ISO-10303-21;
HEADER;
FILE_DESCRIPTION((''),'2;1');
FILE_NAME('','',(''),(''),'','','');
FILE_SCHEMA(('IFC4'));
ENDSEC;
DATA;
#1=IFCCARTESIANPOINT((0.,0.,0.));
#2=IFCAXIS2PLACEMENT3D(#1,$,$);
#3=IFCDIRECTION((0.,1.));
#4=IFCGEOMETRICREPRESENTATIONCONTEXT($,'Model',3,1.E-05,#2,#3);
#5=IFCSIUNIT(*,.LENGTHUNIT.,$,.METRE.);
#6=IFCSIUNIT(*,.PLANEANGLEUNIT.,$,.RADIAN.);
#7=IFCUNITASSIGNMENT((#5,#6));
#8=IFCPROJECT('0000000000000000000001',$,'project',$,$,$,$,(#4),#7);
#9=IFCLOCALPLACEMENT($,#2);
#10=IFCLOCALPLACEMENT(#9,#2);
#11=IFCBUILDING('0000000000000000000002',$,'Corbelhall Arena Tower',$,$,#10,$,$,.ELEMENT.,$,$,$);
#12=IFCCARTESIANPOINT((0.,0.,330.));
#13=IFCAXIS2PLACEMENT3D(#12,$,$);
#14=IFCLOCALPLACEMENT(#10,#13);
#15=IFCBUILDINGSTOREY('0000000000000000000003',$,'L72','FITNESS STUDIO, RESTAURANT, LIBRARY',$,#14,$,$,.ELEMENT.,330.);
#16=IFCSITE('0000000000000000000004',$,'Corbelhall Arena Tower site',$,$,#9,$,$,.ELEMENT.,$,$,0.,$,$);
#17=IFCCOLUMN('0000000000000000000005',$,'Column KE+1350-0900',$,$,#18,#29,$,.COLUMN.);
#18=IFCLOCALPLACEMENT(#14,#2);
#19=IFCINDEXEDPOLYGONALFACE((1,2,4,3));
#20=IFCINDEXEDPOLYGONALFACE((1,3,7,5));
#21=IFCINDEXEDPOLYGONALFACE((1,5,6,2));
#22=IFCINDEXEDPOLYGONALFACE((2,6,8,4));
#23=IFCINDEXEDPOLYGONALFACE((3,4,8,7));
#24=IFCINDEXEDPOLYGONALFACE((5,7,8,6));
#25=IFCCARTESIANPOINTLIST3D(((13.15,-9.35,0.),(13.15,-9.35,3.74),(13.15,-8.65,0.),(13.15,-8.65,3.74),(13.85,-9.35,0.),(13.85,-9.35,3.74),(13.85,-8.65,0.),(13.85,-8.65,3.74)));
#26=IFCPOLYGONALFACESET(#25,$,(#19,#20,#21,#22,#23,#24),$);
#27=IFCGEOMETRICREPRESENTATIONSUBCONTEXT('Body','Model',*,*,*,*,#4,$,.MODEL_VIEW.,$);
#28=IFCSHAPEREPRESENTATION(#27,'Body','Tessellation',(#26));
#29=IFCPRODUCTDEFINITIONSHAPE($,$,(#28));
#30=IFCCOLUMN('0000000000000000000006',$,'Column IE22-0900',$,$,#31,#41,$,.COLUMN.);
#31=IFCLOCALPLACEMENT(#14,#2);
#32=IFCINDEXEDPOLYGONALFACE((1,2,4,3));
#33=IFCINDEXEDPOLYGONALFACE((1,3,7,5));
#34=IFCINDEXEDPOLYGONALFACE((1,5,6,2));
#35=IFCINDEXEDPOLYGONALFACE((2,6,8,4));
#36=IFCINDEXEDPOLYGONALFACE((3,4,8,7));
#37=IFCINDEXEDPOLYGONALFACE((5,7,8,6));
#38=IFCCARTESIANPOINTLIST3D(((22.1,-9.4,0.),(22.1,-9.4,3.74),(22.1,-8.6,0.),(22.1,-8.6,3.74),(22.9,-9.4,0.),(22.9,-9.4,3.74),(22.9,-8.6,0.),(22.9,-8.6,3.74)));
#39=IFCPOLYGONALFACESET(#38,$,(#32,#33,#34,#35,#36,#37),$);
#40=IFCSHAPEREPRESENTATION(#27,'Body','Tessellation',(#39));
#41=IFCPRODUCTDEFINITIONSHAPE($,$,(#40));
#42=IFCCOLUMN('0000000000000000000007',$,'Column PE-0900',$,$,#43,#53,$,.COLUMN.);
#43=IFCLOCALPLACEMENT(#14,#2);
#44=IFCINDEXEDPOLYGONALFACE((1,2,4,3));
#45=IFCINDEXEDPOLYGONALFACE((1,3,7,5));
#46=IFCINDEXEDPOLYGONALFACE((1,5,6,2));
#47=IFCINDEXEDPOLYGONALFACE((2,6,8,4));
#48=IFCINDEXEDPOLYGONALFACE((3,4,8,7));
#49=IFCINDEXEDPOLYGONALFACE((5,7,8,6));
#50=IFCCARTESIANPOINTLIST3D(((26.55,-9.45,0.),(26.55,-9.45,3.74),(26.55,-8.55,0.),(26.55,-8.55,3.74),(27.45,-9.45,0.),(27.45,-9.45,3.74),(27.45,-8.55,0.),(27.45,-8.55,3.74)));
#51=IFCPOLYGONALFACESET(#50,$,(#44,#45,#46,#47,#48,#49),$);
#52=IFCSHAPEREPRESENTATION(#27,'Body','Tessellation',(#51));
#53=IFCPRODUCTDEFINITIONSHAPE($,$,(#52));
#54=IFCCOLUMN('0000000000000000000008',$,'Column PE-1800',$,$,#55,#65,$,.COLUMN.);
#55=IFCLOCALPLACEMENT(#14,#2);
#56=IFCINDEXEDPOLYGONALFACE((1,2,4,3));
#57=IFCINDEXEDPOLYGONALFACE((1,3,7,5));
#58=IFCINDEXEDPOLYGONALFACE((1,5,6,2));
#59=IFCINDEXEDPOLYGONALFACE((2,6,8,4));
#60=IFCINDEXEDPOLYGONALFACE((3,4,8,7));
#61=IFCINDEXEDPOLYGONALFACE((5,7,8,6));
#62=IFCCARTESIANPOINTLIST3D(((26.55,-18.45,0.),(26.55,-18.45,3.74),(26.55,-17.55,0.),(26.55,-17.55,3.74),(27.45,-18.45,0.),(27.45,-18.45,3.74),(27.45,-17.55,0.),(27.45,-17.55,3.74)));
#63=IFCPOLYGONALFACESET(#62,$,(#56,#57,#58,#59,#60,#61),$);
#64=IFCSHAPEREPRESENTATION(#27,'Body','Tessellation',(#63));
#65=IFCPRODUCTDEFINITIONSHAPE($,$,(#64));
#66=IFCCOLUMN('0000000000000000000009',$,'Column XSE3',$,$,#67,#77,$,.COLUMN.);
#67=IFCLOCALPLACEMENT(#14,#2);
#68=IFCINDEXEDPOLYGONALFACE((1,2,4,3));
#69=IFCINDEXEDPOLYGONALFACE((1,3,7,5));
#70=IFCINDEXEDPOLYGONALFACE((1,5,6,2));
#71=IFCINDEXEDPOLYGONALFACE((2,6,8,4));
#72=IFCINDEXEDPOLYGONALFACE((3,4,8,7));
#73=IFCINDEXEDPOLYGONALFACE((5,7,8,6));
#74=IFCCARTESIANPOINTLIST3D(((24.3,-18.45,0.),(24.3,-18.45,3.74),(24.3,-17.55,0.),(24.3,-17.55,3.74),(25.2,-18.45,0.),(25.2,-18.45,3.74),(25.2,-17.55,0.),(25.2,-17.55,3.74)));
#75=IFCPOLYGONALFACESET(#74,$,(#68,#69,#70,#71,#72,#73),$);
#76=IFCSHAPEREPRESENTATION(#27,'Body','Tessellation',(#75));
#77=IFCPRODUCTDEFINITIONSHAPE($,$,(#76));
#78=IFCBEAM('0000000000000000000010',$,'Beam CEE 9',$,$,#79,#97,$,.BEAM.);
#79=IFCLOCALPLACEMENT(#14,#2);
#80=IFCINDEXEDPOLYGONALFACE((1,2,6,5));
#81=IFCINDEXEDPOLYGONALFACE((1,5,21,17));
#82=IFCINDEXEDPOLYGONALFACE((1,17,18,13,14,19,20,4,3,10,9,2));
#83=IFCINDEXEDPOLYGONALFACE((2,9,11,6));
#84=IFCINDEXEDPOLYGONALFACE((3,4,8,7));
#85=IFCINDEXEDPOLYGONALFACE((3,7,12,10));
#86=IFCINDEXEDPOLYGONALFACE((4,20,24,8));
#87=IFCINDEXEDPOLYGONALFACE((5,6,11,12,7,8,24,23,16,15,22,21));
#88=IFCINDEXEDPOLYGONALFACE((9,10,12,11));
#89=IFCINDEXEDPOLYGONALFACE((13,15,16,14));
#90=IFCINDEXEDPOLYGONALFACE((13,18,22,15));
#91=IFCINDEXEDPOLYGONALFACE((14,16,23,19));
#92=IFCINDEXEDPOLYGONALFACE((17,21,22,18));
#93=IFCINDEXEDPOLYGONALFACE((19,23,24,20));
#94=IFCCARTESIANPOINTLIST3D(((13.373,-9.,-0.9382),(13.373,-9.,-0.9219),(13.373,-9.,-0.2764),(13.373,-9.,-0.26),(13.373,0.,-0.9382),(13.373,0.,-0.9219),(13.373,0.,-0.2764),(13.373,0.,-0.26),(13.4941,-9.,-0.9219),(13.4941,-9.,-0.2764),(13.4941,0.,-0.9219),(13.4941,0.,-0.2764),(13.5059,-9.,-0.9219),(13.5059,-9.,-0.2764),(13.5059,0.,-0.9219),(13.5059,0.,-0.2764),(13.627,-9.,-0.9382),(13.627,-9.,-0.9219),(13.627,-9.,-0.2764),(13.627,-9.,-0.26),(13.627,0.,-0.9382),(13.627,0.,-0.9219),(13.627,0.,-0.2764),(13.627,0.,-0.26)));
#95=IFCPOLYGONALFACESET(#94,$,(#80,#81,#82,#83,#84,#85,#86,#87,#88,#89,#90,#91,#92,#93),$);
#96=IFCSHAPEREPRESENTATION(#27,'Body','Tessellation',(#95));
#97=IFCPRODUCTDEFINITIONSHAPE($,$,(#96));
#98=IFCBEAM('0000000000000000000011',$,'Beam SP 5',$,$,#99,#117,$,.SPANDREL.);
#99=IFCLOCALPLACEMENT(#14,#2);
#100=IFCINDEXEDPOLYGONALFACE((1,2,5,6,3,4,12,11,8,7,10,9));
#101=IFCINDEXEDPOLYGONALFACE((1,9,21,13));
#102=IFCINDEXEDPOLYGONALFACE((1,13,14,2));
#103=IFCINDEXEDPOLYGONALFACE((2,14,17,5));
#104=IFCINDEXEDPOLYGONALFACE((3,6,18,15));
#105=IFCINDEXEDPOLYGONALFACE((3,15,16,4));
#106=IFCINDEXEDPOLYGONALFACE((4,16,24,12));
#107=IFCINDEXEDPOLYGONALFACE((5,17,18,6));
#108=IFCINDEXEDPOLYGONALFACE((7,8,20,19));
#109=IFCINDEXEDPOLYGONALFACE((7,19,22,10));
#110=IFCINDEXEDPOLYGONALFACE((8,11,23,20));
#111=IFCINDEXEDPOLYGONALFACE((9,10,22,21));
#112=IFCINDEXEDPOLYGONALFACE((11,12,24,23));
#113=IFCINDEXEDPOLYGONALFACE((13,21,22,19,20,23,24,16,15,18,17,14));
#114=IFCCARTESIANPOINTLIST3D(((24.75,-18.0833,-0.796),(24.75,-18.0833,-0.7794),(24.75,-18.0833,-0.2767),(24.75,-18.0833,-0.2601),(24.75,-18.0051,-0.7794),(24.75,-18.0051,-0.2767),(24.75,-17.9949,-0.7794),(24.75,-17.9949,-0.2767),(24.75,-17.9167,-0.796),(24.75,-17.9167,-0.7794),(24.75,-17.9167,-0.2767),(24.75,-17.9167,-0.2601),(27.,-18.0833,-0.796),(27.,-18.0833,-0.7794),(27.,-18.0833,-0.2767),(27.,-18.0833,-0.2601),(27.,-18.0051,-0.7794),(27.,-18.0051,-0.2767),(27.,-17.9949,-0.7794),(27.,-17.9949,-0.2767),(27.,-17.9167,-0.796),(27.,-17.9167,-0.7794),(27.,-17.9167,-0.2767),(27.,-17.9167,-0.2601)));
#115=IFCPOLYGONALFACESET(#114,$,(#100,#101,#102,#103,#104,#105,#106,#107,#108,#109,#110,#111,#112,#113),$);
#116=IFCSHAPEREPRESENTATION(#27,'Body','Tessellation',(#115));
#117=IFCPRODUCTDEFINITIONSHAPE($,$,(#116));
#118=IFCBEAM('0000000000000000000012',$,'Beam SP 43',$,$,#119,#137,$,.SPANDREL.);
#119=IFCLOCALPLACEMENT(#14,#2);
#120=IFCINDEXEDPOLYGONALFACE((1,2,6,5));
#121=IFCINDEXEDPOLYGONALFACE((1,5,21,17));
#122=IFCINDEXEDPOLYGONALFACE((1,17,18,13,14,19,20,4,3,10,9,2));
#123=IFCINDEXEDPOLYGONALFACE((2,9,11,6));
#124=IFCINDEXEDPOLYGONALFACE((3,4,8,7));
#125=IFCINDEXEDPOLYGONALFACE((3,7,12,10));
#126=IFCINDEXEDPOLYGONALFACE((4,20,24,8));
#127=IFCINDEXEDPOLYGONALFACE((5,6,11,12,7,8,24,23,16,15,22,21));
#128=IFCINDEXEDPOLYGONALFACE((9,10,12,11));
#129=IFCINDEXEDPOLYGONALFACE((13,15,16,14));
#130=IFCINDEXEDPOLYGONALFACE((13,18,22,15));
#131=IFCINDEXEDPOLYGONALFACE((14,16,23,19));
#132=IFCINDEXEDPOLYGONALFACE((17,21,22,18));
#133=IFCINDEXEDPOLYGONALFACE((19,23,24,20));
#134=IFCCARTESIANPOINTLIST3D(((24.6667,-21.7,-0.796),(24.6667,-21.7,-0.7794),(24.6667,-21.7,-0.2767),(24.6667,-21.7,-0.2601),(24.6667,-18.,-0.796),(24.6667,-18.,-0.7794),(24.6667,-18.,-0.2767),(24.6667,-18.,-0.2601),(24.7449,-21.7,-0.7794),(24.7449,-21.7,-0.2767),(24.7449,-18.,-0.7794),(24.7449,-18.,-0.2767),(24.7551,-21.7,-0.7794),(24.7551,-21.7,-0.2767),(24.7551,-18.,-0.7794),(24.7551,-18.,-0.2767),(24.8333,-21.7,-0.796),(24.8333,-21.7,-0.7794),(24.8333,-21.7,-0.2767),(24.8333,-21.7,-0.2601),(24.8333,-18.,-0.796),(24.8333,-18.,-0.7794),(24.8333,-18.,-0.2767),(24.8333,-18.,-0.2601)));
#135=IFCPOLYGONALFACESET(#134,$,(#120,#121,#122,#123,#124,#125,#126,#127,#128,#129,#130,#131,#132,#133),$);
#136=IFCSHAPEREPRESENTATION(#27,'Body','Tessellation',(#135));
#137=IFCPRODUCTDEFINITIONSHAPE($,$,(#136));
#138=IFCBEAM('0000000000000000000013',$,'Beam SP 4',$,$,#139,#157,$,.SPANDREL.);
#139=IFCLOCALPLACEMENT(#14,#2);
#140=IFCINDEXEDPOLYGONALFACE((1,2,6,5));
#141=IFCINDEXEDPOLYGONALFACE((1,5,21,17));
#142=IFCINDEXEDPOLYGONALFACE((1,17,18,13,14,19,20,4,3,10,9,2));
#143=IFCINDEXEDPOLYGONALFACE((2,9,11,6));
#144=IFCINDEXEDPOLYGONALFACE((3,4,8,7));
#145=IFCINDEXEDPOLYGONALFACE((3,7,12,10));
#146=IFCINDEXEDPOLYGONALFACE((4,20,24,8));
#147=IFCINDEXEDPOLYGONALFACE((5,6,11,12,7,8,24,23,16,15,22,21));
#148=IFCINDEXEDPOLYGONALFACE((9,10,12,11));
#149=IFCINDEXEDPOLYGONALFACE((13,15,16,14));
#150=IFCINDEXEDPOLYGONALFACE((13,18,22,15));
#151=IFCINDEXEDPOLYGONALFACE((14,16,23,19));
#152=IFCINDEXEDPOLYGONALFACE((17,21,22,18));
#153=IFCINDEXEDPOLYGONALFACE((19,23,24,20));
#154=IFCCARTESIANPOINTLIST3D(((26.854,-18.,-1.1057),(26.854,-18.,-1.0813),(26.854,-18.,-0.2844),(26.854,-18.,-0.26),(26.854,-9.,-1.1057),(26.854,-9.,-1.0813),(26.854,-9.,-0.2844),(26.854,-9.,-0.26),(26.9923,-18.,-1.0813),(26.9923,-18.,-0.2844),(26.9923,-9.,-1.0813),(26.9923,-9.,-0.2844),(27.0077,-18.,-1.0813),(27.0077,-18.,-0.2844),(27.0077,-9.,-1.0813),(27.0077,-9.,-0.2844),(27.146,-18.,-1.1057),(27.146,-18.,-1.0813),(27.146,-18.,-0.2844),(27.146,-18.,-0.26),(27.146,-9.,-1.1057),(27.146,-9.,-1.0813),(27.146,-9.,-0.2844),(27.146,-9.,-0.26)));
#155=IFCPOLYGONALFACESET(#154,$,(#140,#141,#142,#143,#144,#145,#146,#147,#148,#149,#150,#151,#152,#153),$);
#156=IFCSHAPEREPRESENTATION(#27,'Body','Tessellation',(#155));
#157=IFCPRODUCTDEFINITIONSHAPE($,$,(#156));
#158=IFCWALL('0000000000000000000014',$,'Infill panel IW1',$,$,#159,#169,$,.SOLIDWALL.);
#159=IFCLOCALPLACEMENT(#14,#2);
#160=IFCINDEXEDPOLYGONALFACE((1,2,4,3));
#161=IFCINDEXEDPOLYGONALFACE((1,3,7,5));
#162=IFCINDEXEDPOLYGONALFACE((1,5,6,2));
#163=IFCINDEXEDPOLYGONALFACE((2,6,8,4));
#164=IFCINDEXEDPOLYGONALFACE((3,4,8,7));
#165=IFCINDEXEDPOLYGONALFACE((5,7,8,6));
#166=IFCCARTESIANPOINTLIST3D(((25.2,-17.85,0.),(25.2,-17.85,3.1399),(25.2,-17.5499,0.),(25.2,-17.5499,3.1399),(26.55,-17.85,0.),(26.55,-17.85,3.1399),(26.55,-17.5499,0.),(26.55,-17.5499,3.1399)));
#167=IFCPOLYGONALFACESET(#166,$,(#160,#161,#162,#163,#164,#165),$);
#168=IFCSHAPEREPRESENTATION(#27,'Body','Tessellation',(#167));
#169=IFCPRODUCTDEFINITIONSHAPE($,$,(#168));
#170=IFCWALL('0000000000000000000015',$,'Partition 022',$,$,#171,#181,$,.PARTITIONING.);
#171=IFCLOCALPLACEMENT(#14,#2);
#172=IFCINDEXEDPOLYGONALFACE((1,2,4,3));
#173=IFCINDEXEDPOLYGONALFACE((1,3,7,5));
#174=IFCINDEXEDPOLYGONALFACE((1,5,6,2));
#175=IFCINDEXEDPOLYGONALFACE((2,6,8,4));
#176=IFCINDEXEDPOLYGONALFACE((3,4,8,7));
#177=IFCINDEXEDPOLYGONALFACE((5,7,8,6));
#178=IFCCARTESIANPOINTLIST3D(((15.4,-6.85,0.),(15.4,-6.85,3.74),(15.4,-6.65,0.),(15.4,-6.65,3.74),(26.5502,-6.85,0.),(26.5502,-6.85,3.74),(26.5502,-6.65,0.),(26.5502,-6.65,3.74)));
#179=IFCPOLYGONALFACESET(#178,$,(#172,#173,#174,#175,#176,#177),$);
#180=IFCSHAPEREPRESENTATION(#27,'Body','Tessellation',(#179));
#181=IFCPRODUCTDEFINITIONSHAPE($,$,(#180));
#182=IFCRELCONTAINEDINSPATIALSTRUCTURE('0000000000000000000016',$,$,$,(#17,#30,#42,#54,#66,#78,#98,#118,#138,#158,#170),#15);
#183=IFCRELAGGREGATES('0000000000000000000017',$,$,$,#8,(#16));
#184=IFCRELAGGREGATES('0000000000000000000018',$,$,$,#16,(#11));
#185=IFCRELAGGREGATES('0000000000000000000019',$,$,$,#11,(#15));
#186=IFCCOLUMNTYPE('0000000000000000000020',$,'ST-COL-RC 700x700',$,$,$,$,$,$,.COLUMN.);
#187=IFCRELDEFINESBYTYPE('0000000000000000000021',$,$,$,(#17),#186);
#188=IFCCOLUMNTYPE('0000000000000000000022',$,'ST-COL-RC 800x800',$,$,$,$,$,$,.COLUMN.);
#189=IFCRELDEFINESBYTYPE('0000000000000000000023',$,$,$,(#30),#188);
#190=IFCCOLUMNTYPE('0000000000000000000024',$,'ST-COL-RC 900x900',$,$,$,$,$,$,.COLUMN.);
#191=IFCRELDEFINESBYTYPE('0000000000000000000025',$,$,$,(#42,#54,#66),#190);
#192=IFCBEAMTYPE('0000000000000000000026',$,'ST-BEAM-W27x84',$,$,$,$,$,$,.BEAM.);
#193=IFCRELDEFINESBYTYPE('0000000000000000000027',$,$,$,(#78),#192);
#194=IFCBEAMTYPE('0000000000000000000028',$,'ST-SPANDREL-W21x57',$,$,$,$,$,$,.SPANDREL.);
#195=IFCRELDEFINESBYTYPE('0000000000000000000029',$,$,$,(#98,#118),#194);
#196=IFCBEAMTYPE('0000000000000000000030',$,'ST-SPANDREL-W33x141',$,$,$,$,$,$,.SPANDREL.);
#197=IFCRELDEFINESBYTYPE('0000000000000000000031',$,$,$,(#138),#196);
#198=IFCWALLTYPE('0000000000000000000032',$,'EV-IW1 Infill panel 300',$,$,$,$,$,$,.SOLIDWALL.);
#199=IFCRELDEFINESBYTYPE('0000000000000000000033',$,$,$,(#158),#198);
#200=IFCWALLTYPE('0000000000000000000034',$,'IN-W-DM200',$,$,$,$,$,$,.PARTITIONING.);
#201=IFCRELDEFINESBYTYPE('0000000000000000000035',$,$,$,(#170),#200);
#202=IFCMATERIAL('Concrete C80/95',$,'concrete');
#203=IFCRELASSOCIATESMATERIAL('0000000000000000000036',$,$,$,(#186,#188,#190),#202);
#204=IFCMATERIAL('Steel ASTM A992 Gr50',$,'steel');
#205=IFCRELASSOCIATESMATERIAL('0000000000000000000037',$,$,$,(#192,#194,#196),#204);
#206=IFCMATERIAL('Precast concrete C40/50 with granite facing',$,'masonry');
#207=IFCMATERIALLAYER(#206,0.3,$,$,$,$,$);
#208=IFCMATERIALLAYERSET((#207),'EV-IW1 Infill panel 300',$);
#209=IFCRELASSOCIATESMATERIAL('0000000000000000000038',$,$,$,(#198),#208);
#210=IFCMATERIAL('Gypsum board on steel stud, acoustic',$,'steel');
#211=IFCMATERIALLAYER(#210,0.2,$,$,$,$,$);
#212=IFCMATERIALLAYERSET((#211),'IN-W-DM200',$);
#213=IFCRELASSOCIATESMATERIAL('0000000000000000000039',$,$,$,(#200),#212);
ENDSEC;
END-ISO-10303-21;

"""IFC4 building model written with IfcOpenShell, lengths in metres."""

from ifc_helpers import new_model, si_unit, direction, frame, frame_2d, origin, origin_2d, place, context, subcontext, project, spatial, rectangle, i_section, extrude, material, layer, layer_set, material_profile, profile_set, type_object, element, save


model = new_model("IFC4")

# Units and contexts
model_context = context("Model", 3, precision=1e-05, world=origin(), true_north=direction((0.0, 1.0)))
body_context = subcontext(model_context, "Body", "Model", "MODEL_VIEW")
ifc_project = project(units=[si_unit("LENGTHUNIT", "METRE"), si_unit("PLANEANGLEUNIT", "RADIAN")], contexts=[model_context])

# Site, building, storey
site_placement = place(None, origin())
site = spatial("IfcSite", under=ifc_project, at=site_placement, Name="Corbelhall Arena Tower site", CompositionType="ELEMENT", RefElevation=0.0)
building_placement = place(site_placement, origin())
building = spatial("IfcBuilding", under=site, at=building_placement, Name="Corbelhall Arena Tower", CompositionType="ELEMENT")
storey_placement = place(building_placement, frame((0.0, 0.0, 330.0)))
storey = spatial("IfcBuildingStorey", under=building, at=storey_placement, Name="L72", Description="FITNESS STUDIO, RESTAURANT, LIBRARY", CompositionType="ELEMENT", Elevation=330.0)

# Columns
ifc_material_1 = material(Name="Concrete C80/95", Category="concrete")
ifc_material_profile_1 = material_profile(ifc_material_1, rectangle(XDim=0.7, YDim=0.7, at=origin_2d()))
ifc_profile_set_1 = profile_set([ifc_material_profile_1], Name="Concrete C80/95")
column_type_1 = type_object("IfcColumnType", Name="ST-COL-RC 700x700", PredefinedType="COLUMN", material=ifc_profile_set_1)
column_1_placement = place(storey_placement, frame((13.5, -9.0, 0.0), z_axis=(0.0, 0.0, 1.0), x_axis=(1.0, 0.0, 0.0)))
element("IfcColumn", 1, at=column_1_placement, inside=storey, type_object=column_type_1, Name="Column KE+1350-0900", PredefinedType="COLUMN", context=body_context, shape_type="SweptSolid", body=[
    extrude(rectangle(XDim=0.7, YDim=0.7, at=origin_2d()), origin(), (0.0, 0.0, 1.0), 3.74),
])
ifc_material_profile_2 = material_profile(ifc_material_1, rectangle(XDim=0.8, YDim=0.8, at=origin_2d()))
ifc_profile_set_2 = profile_set([ifc_material_profile_2], Name="Concrete C80/95")
column_type_2 = type_object("IfcColumnType", Name="ST-COL-RC 800x800", PredefinedType="COLUMN", material=ifc_profile_set_2)
column_2_placement = place(storey_placement, frame((22.5, -9.0, 0.0), z_axis=(0.0, 0.0, 1.0), x_axis=(1.0, 0.0, 0.0)))
element("IfcColumn", 2, at=column_2_placement, inside=storey, type_object=column_type_2, Name="Column IE22-0900", PredefinedType="COLUMN", context=body_context, shape_type="SweptSolid", body=[
    extrude(rectangle(XDim=0.8, YDim=0.8, at=origin_2d()), origin(), (0.0, 0.0, 1.0), 3.74),
])
ifc_material_profile_3 = material_profile(ifc_material_1, rectangle(XDim=0.8999, YDim=0.8999, at=origin_2d()))
ifc_profile_set_3 = profile_set([ifc_material_profile_3], Name="Concrete C80/95")
column_type_3 = type_object("IfcColumnType", Name="ST-COL-RC 900x900", PredefinedType="COLUMN", material=ifc_profile_set_3)
for number, where, z_axis, x_axis, name in (
    (3, (27.0, -9.0, 0.0), (0.0, 0.0, 1.0), (0.0, 1.0, 0.0), "Column PE-0900"),
    (4, (27.0, -18.0, 0.0), (0.0, 0.0, 1.0), (0.0, 1.0, 0.0), "Column PE-1800"),
    (5, (24.75, -18.0, 0.0), (0.0, 0.0, 1.0), (1.0, 0.0, 0.0), "Column XSE3"),
):
    element("IfcColumn", number, at=place(storey_placement, frame(where, z_axis=z_axis, x_axis=x_axis)), inside=storey, type_object=column_type_3, Name=name, PredefinedType="COLUMN", context=body_context, shape_type="SweptSolid", body=[
        extrude(rectangle(XDim=0.8999, YDim=0.8999, at=origin_2d()), origin(), (0.0, 0.0, 1.0), 3.74),
    ])

# Beams
ifc_material_2 = material(Name="Steel ASTM A992 Gr50", Category="steel")
ifc_material_profile_4 = material_profile(ifc_material_2, i_section(OverallWidth=0.2539, OverallDepth=0.6782, WebThickness=0.0117, FlangeThickness=0.0164, at=origin_2d()))
ifc_profile_set_4 = profile_set([ifc_material_profile_4], Name="Steel ASTM A992 Gr50")
beam_type_1 = type_object("IfcBeamType", Name="ST-BEAM-W27x84", PredefinedType="BEAM", material=ifc_profile_set_4)
beam_1_placement = place(storey_placement, frame((13.5, -9.0, -0.5991), z_axis=(0.0, 1.0, 0.0), x_axis=(-1.0, 0.0, 0.0)))
element("IfcBeam", 6, at=beam_1_placement, inside=storey, type_object=beam_type_1, Name="Beam CEE 9", PredefinedType="BEAM", context=body_context, shape_type="SweptSolid", body=[
    extrude(i_section(OverallWidth=0.2539, OverallDepth=0.6782, WebThickness=0.0117, FlangeThickness=0.0164, at=origin_2d()), origin(), (0.0, 0.0, 1.0), 9.0),
])
ifc_material_profile_5 = material_profile(ifc_material_2, i_section(OverallWidth=0.1665, OverallDepth=0.5359, WebThickness=0.0103, FlangeThickness=0.0166, at=origin_2d()))
ifc_profile_set_5 = profile_set([ifc_material_profile_5], Name="Steel ASTM A992 Gr50")
beam_type_2 = type_object("IfcBeamType", Name="ST-SPANDREL-W21x57", PredefinedType="SPANDREL", material=ifc_profile_set_5)
beam_2_placement = place(storey_placement, frame((27.0, -18.0, -0.5281), z_axis=(-1.0, 0.0, 0.0), x_axis=(0.0, -1.0, 0.0)))
element("IfcBeam", 7, at=beam_2_placement, inside=storey, type_object=beam_type_2, Name="Beam SP 5", PredefinedType="SPANDREL", context=body_context, shape_type="SweptSolid", body=[
    extrude(i_section(OverallWidth=0.1665, OverallDepth=0.5359, WebThickness=0.0103, FlangeThickness=0.0166, at=origin_2d()), origin(), (0.0, 0.0, 1.0), 2.25),
])
beam_3_placement = place(storey_placement, frame((24.75, -18.0, -0.5281), z_axis=(0.0, -1.0, 0.0), x_axis=(1.0, 0.0, 0.0)))
element("IfcBeam", 8, at=beam_3_placement, inside=storey, type_object=beam_type_2, Name="Beam SP 43", PredefinedType="SPANDREL", context=body_context, shape_type="SweptSolid", body=[
    extrude(i_section(OverallWidth=0.1665, OverallDepth=0.5359, WebThickness=0.0103, FlangeThickness=0.0166, at=origin_2d()), origin(), (0.0, 0.0, 1.0), 3.7),
])
ifc_material_profile_6 = material_profile(ifc_material_2, i_section(OverallWidth=0.292, OverallDepth=0.8457, WebThickness=0.0154, FlangeThickness=0.0244, at=origin_2d()))
ifc_profile_set_6 = profile_set([ifc_material_profile_6], Name="Steel ASTM A992 Gr50")
beam_type_3 = type_object("IfcBeamType", Name="ST-SPANDREL-W33x141", PredefinedType="SPANDREL", material=ifc_profile_set_6)
beam_4_placement = place(storey_placement, frame((27.0, -9.0, -0.6829), z_axis=(0.0, -1.0, 0.0), x_axis=(1.0, 0.0, 0.0)))
element("IfcBeam", 9, at=beam_4_placement, inside=storey, type_object=beam_type_3, Name="Beam SP 4", PredefinedType="SPANDREL", context=body_context, shape_type="SweptSolid", body=[
    extrude(i_section(OverallWidth=0.292, OverallDepth=0.8457, WebThickness=0.0154, FlangeThickness=0.0244, at=origin_2d()), origin(), (0.0, 0.0, 1.0), 9.0),
])

# Wall
ifc_material_3 = material(Name="Precast concrete C40/50 with granite facing", Category="masonry")
ifc_layer_1 = layer(ifc_material_3, 0.3)
ifc_layer_set_1 = layer_set([ifc_layer_1], Name="EV-IW1 Infill panel 300")
wall_type_1 = type_object("IfcWallType", Name="EV-IW1 Infill panel 300", PredefinedType="SOLIDWALL", material=ifc_layer_set_1)
wall_1_placement = place(storey_placement, frame((25.2, -17.7, 0.0), z_axis=(0.0, 0.0, 1.0), x_axis=(1.0, 0.0, 0.0)))
element("IfcWall", 10, at=wall_1_placement, inside=storey, type_object=wall_type_1, Name="Infill panel IW1", PredefinedType="SOLIDWALL", context=body_context, shape_type="SweptSolid", body=[
    extrude(rectangle(XDim=1.3501, YDim=0.3, at=frame_2d((0.675, 0.0))), origin(), (0.0, 0.0, 1.0), 3.1399),
])

# Wall
ifc_material_4 = material(Name="Gypsum board on steel stud, acoustic", Category="steel")
ifc_layer_2 = layer(ifc_material_4, 0.2)
ifc_layer_set_2 = layer_set([ifc_layer_2], Name="IN-W-DM200")
wall_type_2 = type_object("IfcWallType", Name="IN-W-DM200", PredefinedType="PARTITIONING", material=ifc_layer_set_2)
wall_2_placement = place(storey_placement, frame((15.3999, -6.75, 0.0), z_axis=(0.0, 0.0, 1.0), x_axis=(1.0, 0.0, 0.0)))
element("IfcWall", 11, at=wall_2_placement, inside=storey, type_object=wall_type_2, Name="Partition 022", PredefinedType="PARTITIONING", context=body_context, shape_type="SweptSolid", body=[
    extrude(rectangle(XDim=11.1501, YDim=0.2, at=frame_2d((5.5752, 0.0))), origin(), (0.0, 0.0, 1.0), 3.74),
])

save(model, "model.ifc")
